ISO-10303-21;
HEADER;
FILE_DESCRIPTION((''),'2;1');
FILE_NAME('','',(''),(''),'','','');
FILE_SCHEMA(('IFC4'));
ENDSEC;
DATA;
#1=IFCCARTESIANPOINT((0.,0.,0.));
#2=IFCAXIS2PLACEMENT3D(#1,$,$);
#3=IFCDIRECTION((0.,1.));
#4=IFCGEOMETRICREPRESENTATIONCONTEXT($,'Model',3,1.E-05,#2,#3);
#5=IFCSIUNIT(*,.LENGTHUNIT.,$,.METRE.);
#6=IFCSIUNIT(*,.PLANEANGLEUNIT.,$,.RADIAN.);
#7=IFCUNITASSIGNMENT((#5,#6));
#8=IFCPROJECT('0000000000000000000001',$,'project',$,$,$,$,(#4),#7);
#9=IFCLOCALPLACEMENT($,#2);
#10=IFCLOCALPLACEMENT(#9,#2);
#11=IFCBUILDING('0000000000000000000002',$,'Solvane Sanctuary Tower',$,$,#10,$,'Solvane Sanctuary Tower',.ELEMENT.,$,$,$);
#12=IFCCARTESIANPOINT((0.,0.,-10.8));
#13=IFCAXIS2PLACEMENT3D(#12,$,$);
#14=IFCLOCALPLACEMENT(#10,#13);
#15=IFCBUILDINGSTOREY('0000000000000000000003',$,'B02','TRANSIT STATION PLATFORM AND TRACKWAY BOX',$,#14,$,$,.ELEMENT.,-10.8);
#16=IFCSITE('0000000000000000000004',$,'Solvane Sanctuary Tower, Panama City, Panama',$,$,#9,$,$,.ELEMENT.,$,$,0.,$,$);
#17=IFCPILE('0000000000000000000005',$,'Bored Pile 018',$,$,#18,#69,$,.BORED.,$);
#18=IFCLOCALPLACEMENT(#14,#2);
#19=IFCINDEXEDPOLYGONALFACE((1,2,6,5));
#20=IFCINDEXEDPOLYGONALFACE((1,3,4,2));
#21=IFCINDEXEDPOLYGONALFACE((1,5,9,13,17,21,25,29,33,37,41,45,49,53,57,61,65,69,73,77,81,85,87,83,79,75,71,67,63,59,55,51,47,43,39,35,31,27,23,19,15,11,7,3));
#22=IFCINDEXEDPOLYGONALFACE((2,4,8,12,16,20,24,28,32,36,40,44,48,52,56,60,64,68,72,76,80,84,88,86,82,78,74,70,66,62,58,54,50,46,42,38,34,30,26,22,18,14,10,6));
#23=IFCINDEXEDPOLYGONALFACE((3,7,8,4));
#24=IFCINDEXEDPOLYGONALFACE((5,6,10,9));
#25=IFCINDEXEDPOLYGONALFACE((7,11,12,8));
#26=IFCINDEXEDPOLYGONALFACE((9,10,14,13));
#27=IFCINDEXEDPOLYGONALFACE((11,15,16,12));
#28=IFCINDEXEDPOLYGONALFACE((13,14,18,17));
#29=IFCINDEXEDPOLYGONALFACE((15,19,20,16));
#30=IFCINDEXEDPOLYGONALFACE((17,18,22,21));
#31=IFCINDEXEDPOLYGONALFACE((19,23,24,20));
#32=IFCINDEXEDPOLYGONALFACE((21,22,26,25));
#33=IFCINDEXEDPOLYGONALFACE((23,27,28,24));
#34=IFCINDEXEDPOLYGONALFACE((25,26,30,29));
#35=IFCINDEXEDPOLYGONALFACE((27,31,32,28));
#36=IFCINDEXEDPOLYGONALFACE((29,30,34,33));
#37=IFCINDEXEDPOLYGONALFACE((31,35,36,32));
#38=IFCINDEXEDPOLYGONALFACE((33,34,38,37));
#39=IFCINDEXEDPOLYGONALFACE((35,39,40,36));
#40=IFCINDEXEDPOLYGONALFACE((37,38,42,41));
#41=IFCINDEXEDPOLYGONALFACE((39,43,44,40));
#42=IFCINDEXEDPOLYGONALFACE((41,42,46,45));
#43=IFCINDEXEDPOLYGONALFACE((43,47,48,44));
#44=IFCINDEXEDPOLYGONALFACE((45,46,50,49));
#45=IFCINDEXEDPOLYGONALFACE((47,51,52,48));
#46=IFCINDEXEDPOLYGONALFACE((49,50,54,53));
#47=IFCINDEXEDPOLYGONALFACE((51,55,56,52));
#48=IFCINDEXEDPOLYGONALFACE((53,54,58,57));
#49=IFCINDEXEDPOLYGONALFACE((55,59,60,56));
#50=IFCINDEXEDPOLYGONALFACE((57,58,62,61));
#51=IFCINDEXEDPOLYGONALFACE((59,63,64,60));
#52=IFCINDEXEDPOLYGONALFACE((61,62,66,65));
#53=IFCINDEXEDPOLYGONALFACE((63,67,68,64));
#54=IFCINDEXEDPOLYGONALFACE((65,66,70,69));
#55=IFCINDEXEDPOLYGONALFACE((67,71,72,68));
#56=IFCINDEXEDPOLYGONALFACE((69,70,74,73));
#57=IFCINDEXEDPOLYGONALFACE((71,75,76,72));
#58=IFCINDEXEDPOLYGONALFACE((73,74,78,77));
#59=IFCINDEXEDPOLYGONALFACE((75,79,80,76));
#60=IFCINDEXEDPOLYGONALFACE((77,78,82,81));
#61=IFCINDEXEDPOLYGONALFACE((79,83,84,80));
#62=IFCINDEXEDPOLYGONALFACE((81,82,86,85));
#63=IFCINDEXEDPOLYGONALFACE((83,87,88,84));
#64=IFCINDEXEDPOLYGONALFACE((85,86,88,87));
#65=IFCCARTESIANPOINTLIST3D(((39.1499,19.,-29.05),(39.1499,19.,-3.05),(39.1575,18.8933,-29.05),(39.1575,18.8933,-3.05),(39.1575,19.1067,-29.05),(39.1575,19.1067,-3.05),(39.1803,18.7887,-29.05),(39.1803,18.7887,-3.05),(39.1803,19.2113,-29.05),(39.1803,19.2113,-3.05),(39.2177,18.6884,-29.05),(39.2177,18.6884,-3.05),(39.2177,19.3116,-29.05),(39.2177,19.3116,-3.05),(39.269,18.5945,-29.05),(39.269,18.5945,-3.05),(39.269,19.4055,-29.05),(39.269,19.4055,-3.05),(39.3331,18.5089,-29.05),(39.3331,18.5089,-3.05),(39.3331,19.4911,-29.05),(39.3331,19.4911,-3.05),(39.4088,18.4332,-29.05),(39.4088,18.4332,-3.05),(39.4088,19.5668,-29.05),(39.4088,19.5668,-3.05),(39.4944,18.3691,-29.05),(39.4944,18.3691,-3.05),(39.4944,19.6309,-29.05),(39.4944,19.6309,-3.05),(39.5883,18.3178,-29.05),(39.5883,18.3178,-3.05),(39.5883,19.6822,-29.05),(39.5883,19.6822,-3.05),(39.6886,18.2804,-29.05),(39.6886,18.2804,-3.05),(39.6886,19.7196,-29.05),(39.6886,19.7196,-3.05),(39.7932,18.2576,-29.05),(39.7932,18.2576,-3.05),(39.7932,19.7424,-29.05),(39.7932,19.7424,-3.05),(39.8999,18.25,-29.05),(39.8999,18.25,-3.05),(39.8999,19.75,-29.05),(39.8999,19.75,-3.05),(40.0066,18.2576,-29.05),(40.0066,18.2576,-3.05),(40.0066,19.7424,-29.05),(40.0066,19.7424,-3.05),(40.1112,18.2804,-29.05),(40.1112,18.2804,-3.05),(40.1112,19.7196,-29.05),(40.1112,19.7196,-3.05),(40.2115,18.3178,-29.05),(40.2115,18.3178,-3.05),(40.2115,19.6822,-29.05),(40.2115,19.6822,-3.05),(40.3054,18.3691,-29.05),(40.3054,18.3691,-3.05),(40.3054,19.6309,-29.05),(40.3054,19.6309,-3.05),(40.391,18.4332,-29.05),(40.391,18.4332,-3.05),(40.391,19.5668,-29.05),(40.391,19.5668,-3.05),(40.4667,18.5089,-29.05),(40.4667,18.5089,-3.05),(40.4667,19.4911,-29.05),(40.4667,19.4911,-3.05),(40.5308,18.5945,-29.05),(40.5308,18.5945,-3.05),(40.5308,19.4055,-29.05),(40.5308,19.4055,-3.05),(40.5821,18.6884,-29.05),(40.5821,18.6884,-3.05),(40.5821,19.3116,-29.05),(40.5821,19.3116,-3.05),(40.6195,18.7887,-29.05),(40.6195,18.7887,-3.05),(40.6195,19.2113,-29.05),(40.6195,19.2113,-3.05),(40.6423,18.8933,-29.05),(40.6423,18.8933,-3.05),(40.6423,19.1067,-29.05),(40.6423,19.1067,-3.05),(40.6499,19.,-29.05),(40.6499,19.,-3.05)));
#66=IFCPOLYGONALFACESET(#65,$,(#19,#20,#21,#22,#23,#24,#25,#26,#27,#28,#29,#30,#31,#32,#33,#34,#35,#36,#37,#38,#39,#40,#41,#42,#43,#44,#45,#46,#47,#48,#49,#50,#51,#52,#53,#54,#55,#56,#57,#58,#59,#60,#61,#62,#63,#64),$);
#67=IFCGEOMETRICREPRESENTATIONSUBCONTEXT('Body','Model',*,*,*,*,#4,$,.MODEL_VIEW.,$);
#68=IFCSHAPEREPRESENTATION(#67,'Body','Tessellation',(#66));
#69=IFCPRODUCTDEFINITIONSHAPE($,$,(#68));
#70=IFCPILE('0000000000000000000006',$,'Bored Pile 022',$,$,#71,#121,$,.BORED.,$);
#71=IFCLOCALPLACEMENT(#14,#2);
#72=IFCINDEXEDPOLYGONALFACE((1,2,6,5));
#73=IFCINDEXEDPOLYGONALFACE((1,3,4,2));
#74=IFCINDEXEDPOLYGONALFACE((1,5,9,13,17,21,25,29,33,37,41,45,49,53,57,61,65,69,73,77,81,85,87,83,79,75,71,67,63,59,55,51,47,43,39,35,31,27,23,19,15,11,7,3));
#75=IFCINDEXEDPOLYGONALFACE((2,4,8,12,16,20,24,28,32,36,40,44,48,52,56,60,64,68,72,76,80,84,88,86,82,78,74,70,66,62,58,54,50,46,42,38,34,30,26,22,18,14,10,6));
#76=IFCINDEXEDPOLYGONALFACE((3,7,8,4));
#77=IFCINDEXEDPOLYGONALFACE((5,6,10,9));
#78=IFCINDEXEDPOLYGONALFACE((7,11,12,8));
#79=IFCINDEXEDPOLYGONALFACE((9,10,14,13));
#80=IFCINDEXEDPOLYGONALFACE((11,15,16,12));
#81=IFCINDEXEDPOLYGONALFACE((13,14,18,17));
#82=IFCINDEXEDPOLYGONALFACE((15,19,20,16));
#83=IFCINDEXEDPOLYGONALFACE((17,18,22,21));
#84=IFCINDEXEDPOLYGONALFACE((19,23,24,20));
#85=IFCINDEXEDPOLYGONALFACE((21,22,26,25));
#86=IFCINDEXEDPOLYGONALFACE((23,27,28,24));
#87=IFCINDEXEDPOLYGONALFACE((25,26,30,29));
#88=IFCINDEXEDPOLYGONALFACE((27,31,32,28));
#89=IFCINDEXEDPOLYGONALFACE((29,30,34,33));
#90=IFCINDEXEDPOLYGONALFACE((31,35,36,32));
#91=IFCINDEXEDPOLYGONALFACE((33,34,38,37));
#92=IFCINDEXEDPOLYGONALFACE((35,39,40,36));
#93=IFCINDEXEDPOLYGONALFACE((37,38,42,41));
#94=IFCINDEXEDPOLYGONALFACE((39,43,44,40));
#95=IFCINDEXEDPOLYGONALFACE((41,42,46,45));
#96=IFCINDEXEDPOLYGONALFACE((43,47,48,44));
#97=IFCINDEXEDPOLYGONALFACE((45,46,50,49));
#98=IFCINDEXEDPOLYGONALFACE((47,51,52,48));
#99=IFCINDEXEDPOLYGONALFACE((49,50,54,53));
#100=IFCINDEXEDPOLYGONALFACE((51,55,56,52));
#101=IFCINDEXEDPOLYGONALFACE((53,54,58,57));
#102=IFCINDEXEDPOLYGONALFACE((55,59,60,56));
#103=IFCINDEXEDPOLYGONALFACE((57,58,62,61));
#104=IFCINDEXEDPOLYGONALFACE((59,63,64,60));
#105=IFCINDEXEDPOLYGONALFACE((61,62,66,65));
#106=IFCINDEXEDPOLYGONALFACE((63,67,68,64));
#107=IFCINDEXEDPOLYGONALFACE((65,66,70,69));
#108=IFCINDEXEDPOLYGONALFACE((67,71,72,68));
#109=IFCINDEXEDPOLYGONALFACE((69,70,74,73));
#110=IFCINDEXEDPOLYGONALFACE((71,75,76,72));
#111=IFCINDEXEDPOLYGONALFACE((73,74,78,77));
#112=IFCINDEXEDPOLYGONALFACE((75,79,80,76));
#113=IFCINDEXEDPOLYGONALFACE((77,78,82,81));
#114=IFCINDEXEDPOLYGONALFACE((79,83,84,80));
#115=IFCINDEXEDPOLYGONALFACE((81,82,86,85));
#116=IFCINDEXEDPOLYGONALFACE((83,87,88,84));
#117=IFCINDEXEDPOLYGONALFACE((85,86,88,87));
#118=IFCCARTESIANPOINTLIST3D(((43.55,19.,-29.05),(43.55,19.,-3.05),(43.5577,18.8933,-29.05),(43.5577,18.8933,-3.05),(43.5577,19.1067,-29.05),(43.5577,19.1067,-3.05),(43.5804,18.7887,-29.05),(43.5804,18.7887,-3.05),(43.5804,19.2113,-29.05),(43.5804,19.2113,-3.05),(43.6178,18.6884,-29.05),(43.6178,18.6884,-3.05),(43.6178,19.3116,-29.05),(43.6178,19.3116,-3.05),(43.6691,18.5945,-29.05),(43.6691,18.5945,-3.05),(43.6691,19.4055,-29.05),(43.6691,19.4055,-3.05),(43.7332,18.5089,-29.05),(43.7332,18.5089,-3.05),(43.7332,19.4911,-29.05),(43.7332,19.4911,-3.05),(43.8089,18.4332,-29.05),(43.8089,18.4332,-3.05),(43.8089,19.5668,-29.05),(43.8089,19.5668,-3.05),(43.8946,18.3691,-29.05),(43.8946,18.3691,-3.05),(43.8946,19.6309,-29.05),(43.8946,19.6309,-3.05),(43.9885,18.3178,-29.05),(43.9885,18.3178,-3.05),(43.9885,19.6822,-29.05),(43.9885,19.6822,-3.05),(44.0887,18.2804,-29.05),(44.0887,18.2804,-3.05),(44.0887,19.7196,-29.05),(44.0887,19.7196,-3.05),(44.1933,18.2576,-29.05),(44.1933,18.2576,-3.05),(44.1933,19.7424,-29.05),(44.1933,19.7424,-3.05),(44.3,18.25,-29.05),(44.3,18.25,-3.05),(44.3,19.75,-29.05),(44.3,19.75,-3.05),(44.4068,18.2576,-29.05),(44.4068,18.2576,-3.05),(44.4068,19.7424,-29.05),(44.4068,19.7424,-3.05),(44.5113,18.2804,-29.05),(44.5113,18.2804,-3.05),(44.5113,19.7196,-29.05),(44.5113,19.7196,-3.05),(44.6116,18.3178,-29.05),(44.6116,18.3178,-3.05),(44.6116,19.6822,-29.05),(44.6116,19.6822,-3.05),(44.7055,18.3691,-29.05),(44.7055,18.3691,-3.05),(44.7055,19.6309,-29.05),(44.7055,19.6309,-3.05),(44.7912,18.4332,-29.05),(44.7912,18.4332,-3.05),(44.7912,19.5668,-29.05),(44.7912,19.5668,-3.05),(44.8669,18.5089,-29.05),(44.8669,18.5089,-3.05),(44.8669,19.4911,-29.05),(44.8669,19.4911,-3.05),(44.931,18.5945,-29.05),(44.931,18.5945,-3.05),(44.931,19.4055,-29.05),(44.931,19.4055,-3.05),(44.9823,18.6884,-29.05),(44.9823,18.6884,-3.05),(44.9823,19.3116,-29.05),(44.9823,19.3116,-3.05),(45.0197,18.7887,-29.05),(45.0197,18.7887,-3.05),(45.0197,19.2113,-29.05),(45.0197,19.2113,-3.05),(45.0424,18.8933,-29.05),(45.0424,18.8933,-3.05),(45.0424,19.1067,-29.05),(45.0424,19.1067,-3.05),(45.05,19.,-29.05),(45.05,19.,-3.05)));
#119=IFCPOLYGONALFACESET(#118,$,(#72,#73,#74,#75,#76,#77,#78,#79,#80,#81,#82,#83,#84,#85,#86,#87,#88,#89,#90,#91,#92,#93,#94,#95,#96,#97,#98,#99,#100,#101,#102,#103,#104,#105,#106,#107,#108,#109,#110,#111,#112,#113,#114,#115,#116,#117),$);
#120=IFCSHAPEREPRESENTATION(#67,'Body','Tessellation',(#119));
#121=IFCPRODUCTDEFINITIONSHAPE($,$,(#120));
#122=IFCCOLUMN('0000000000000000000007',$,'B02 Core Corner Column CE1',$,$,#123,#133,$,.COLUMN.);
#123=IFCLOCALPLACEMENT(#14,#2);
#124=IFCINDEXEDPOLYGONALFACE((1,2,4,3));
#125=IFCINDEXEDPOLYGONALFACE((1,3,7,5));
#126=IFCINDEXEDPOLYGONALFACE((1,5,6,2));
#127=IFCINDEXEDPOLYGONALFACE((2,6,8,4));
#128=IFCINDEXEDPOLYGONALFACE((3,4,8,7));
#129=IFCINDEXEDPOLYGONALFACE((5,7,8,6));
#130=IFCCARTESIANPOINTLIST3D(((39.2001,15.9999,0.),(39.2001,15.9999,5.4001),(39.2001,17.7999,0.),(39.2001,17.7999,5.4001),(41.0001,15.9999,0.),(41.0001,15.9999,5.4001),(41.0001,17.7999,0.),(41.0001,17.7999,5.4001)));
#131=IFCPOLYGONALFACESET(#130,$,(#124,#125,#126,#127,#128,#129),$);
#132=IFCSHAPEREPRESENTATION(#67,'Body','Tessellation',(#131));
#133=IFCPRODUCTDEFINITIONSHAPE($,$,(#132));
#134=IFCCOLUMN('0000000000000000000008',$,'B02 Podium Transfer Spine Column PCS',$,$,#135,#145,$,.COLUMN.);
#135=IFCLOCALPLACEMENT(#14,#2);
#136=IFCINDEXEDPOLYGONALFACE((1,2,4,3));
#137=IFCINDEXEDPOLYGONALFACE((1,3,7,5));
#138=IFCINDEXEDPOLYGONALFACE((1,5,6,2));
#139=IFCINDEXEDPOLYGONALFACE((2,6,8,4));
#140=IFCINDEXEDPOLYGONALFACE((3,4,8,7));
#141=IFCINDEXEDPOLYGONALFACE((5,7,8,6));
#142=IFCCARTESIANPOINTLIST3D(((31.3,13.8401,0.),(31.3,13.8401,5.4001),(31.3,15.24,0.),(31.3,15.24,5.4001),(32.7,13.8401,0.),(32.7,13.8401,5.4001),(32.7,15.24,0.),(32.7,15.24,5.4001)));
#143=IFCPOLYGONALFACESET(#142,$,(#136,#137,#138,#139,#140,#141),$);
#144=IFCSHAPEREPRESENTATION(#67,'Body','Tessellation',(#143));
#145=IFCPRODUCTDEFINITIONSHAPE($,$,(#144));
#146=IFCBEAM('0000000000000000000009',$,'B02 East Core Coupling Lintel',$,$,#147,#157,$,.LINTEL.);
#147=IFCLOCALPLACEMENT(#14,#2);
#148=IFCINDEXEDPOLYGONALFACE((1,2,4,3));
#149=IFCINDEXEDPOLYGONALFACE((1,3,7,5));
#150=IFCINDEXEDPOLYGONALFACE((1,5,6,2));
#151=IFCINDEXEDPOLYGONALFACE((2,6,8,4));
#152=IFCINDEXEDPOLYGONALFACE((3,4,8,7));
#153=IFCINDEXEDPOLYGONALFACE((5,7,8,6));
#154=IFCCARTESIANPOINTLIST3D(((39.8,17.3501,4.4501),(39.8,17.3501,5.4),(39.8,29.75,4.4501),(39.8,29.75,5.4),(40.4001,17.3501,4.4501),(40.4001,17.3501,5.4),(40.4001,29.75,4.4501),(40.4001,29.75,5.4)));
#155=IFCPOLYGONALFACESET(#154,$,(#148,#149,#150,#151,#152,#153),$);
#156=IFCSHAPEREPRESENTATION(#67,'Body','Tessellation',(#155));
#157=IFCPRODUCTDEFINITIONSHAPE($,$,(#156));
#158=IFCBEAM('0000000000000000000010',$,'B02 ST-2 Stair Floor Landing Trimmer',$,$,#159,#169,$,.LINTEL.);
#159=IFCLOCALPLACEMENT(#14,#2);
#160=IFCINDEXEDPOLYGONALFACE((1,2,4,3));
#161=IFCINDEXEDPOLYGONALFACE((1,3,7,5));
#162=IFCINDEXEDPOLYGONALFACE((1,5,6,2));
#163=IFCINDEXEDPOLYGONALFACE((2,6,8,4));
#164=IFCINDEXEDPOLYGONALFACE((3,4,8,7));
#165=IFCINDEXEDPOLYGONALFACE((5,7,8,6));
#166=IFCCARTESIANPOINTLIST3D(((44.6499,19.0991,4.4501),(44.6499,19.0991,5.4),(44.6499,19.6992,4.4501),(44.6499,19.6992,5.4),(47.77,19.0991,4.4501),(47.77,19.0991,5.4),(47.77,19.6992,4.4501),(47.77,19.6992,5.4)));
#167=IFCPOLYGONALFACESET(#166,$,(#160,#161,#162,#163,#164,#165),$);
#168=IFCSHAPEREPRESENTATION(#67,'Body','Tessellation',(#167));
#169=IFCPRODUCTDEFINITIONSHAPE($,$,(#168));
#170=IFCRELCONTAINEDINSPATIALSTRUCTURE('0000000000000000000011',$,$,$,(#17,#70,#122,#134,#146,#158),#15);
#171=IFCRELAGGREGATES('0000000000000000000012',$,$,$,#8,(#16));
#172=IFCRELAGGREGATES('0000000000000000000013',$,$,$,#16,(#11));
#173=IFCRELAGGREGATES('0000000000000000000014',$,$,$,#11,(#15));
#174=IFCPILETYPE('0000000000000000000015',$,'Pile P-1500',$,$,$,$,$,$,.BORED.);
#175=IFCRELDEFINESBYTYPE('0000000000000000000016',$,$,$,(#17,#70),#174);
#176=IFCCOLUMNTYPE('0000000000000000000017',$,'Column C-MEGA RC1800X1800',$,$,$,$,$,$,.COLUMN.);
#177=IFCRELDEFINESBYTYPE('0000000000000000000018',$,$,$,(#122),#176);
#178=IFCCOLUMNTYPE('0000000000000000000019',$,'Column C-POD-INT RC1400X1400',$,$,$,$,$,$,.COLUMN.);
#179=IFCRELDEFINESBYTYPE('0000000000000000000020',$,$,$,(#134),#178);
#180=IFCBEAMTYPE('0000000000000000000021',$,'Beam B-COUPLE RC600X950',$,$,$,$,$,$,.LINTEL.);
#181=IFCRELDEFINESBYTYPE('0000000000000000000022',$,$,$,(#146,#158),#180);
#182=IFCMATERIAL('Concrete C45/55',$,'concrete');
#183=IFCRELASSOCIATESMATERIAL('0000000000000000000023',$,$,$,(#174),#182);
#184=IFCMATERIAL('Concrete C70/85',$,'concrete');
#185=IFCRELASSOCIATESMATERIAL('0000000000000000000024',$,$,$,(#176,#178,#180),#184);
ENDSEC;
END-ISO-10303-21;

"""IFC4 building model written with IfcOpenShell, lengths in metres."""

from ifc_helpers import new_model, si_unit, direction, frame, origin, origin_2d, place, context, subcontext, project, spatial, rectangle, circle, extrude, material, material_profile, profile_set, type_object, element, save


model = new_model("IFC4")

# Units and contexts
model_context = context("Model", 3, precision=1e-05, world=origin(), true_north=direction((0.0, 1.0)))
body_context = subcontext(model_context, "Body", "Model", "MODEL_VIEW")
ifc_project = project(units=[si_unit("LENGTHUNIT", "METRE"), si_unit("PLANEANGLEUNIT", "RADIAN")], contexts=[model_context])

# Site, building, storey
site_placement = place(None, origin())
site = spatial("IfcSite", under=ifc_project, at=site_placement, Name="Solvane Sanctuary Tower, Panama City, Panama", CompositionType="ELEMENT", RefElevation=0.0)
building_placement = place(site_placement, origin())
building = spatial("IfcBuilding", under=site, at=building_placement, Name="Solvane Sanctuary Tower", LongName="Solvane Sanctuary Tower", CompositionType="ELEMENT")
storey_placement = place(building_placement, frame((0.0, 0.0, -10.8)))
storey = spatial("IfcBuildingStorey", under=building, at=storey_placement, Name="B02", Description="TRANSIT STATION PLATFORM AND TRACKWAY BOX", CompositionType="ELEMENT", Elevation=-10.8)

# Piles
ifc_material_1 = material(Name="Concrete C45/55", Category="concrete")
ifc_material_profile_1 = material_profile(ifc_material_1, circle(Radius=0.75, at=origin_2d()), Name="PILE1500")
ifc_profile_set_1 = profile_set([ifc_material_profile_1], Name="Concrete C45/55")
pile_type = type_object("IfcPileType", Name="Pile P-1500", PredefinedType="BORED", material=ifc_profile_set_1)
for number, where, z_axis, x_axis, name in (
    (1, (39.8999, 19.0, -3.05), (0.0, 0.0, -1.0), (1.0, 0.0, 0.0), "Bored Pile 018"),
    (2, (44.3, 19.0, -3.05), (0.0, 0.0, -1.0), (1.0, 0.0, 0.0), "Bored Pile 022"),
):
    element("IfcPile", number, at=place(storey_placement, frame(where, z_axis=z_axis, x_axis=x_axis)), inside=storey, type_object=pile_type, Name=name, PredefinedType="BORED", context=body_context, shape_type="SweptSolid", body=[
        extrude(circle(Radius=0.75, at=origin_2d()), origin(), (0.0, 0.0, 1.0), 26.0),
    ])

# Columns
ifc_material_2 = material(Name="Concrete C70/85", Category="concrete")
ifc_material_profile_2 = material_profile(ifc_material_2, rectangle(XDim=1.8, YDim=1.8, at=origin_2d()), Name="RC1800X1800")
ifc_profile_set_2 = profile_set([ifc_material_profile_2], Name="Concrete C70/85")
column_type_1 = type_object("IfcColumnType", Name="Column C-MEGA RC1800X1800", PredefinedType="COLUMN", material=ifc_profile_set_2)
column_1_placement = place(storey_placement, frame((40.1001, 16.8999, 0.0), z_axis=(0.0, 0.0, 1.0), x_axis=(1.0, 0.0, 0.0)))
element("IfcColumn", 3, at=column_1_placement, inside=storey, type_object=column_type_1, Name="B02 Core Corner Column CE1", PredefinedType="COLUMN", context=body_context, shape_type="SweptSolid", body=[
    extrude(rectangle(XDim=1.8, YDim=1.8, at=origin_2d()), origin(), (0.0, 0.0, 1.0), 5.4001),
])
ifc_material_profile_3 = material_profile(ifc_material_2, rectangle(XDim=1.3999, YDim=1.3999, at=origin_2d()), Name="RC1400X1400")
ifc_profile_set_3 = profile_set([ifc_material_profile_3], Name="Concrete C70/85")
column_type_2 = type_object("IfcColumnType", Name="Column C-POD-INT RC1400X1400", PredefinedType="COLUMN", material=ifc_profile_set_3)
column_2_placement = place(storey_placement, frame((32.0, 14.54, 0.0), z_axis=(0.0, 0.0, 1.0), x_axis=(1.0, 0.0, 0.0)))
element("IfcColumn", 4, at=column_2_placement, inside=storey, type_object=column_type_2, Name="B02 Podium Transfer Spine Column PCS", PredefinedType="COLUMN", context=body_context, shape_type="SweptSolid", body=[
    extrude(rectangle(XDim=1.3999, YDim=1.3999, at=origin_2d()), origin(), (0.0, 0.0, 1.0), 5.4001),
])

# Beams
ifc_material_profile_4 = material_profile(ifc_material_2, rectangle(XDim=0.6001, YDim=0.95, at=origin_2d()), Name="RC600X950")
ifc_profile_set_4 = profile_set([ifc_material_profile_4], Name="Concrete C70/85")
beam_type_1 = type_object("IfcBeamType", Name="Beam B-COUPLE RC600X950", PredefinedType="LINTEL", material=ifc_profile_set_4)
beam_1_placement = place(storey_placement, frame((40.1001, 17.3501, 4.925), z_axis=(0.0, 1.0, 0.0), x_axis=(-1.0, 0.0, 0.0)))
element("IfcBeam", 5, at=beam_1_placement, inside=storey, type_object=beam_type_1, Name="B02 East Core Coupling Lintel", PredefinedType="LINTEL", context=body_context, shape_type="SweptSolid", body=[
    extrude(rectangle(XDim=0.6001, YDim=0.95, at=origin_2d()), origin(), (0.0, 0.0, 1.0), 12.3999),
])
beam_2_placement = place(storey_placement, frame((44.6499, 19.3992, 4.925), z_axis=(1.0, 0.0, 0.0), x_axis=(0.0, 1.0, 0.0)))
element("IfcBeam", 6, at=beam_2_placement, inside=storey, type_object=beam_type_1, Name="B02 ST-2 Stair Floor Landing Trimmer", PredefinedType="LINTEL", context=body_context, shape_type="SweptSolid", body=[
    extrude(rectangle(XDim=0.6001, YDim=0.95, at=origin_2d()), origin(), (0.0, 0.0, 1.0), 3.1201),
])

save(model, "model.ifc")
